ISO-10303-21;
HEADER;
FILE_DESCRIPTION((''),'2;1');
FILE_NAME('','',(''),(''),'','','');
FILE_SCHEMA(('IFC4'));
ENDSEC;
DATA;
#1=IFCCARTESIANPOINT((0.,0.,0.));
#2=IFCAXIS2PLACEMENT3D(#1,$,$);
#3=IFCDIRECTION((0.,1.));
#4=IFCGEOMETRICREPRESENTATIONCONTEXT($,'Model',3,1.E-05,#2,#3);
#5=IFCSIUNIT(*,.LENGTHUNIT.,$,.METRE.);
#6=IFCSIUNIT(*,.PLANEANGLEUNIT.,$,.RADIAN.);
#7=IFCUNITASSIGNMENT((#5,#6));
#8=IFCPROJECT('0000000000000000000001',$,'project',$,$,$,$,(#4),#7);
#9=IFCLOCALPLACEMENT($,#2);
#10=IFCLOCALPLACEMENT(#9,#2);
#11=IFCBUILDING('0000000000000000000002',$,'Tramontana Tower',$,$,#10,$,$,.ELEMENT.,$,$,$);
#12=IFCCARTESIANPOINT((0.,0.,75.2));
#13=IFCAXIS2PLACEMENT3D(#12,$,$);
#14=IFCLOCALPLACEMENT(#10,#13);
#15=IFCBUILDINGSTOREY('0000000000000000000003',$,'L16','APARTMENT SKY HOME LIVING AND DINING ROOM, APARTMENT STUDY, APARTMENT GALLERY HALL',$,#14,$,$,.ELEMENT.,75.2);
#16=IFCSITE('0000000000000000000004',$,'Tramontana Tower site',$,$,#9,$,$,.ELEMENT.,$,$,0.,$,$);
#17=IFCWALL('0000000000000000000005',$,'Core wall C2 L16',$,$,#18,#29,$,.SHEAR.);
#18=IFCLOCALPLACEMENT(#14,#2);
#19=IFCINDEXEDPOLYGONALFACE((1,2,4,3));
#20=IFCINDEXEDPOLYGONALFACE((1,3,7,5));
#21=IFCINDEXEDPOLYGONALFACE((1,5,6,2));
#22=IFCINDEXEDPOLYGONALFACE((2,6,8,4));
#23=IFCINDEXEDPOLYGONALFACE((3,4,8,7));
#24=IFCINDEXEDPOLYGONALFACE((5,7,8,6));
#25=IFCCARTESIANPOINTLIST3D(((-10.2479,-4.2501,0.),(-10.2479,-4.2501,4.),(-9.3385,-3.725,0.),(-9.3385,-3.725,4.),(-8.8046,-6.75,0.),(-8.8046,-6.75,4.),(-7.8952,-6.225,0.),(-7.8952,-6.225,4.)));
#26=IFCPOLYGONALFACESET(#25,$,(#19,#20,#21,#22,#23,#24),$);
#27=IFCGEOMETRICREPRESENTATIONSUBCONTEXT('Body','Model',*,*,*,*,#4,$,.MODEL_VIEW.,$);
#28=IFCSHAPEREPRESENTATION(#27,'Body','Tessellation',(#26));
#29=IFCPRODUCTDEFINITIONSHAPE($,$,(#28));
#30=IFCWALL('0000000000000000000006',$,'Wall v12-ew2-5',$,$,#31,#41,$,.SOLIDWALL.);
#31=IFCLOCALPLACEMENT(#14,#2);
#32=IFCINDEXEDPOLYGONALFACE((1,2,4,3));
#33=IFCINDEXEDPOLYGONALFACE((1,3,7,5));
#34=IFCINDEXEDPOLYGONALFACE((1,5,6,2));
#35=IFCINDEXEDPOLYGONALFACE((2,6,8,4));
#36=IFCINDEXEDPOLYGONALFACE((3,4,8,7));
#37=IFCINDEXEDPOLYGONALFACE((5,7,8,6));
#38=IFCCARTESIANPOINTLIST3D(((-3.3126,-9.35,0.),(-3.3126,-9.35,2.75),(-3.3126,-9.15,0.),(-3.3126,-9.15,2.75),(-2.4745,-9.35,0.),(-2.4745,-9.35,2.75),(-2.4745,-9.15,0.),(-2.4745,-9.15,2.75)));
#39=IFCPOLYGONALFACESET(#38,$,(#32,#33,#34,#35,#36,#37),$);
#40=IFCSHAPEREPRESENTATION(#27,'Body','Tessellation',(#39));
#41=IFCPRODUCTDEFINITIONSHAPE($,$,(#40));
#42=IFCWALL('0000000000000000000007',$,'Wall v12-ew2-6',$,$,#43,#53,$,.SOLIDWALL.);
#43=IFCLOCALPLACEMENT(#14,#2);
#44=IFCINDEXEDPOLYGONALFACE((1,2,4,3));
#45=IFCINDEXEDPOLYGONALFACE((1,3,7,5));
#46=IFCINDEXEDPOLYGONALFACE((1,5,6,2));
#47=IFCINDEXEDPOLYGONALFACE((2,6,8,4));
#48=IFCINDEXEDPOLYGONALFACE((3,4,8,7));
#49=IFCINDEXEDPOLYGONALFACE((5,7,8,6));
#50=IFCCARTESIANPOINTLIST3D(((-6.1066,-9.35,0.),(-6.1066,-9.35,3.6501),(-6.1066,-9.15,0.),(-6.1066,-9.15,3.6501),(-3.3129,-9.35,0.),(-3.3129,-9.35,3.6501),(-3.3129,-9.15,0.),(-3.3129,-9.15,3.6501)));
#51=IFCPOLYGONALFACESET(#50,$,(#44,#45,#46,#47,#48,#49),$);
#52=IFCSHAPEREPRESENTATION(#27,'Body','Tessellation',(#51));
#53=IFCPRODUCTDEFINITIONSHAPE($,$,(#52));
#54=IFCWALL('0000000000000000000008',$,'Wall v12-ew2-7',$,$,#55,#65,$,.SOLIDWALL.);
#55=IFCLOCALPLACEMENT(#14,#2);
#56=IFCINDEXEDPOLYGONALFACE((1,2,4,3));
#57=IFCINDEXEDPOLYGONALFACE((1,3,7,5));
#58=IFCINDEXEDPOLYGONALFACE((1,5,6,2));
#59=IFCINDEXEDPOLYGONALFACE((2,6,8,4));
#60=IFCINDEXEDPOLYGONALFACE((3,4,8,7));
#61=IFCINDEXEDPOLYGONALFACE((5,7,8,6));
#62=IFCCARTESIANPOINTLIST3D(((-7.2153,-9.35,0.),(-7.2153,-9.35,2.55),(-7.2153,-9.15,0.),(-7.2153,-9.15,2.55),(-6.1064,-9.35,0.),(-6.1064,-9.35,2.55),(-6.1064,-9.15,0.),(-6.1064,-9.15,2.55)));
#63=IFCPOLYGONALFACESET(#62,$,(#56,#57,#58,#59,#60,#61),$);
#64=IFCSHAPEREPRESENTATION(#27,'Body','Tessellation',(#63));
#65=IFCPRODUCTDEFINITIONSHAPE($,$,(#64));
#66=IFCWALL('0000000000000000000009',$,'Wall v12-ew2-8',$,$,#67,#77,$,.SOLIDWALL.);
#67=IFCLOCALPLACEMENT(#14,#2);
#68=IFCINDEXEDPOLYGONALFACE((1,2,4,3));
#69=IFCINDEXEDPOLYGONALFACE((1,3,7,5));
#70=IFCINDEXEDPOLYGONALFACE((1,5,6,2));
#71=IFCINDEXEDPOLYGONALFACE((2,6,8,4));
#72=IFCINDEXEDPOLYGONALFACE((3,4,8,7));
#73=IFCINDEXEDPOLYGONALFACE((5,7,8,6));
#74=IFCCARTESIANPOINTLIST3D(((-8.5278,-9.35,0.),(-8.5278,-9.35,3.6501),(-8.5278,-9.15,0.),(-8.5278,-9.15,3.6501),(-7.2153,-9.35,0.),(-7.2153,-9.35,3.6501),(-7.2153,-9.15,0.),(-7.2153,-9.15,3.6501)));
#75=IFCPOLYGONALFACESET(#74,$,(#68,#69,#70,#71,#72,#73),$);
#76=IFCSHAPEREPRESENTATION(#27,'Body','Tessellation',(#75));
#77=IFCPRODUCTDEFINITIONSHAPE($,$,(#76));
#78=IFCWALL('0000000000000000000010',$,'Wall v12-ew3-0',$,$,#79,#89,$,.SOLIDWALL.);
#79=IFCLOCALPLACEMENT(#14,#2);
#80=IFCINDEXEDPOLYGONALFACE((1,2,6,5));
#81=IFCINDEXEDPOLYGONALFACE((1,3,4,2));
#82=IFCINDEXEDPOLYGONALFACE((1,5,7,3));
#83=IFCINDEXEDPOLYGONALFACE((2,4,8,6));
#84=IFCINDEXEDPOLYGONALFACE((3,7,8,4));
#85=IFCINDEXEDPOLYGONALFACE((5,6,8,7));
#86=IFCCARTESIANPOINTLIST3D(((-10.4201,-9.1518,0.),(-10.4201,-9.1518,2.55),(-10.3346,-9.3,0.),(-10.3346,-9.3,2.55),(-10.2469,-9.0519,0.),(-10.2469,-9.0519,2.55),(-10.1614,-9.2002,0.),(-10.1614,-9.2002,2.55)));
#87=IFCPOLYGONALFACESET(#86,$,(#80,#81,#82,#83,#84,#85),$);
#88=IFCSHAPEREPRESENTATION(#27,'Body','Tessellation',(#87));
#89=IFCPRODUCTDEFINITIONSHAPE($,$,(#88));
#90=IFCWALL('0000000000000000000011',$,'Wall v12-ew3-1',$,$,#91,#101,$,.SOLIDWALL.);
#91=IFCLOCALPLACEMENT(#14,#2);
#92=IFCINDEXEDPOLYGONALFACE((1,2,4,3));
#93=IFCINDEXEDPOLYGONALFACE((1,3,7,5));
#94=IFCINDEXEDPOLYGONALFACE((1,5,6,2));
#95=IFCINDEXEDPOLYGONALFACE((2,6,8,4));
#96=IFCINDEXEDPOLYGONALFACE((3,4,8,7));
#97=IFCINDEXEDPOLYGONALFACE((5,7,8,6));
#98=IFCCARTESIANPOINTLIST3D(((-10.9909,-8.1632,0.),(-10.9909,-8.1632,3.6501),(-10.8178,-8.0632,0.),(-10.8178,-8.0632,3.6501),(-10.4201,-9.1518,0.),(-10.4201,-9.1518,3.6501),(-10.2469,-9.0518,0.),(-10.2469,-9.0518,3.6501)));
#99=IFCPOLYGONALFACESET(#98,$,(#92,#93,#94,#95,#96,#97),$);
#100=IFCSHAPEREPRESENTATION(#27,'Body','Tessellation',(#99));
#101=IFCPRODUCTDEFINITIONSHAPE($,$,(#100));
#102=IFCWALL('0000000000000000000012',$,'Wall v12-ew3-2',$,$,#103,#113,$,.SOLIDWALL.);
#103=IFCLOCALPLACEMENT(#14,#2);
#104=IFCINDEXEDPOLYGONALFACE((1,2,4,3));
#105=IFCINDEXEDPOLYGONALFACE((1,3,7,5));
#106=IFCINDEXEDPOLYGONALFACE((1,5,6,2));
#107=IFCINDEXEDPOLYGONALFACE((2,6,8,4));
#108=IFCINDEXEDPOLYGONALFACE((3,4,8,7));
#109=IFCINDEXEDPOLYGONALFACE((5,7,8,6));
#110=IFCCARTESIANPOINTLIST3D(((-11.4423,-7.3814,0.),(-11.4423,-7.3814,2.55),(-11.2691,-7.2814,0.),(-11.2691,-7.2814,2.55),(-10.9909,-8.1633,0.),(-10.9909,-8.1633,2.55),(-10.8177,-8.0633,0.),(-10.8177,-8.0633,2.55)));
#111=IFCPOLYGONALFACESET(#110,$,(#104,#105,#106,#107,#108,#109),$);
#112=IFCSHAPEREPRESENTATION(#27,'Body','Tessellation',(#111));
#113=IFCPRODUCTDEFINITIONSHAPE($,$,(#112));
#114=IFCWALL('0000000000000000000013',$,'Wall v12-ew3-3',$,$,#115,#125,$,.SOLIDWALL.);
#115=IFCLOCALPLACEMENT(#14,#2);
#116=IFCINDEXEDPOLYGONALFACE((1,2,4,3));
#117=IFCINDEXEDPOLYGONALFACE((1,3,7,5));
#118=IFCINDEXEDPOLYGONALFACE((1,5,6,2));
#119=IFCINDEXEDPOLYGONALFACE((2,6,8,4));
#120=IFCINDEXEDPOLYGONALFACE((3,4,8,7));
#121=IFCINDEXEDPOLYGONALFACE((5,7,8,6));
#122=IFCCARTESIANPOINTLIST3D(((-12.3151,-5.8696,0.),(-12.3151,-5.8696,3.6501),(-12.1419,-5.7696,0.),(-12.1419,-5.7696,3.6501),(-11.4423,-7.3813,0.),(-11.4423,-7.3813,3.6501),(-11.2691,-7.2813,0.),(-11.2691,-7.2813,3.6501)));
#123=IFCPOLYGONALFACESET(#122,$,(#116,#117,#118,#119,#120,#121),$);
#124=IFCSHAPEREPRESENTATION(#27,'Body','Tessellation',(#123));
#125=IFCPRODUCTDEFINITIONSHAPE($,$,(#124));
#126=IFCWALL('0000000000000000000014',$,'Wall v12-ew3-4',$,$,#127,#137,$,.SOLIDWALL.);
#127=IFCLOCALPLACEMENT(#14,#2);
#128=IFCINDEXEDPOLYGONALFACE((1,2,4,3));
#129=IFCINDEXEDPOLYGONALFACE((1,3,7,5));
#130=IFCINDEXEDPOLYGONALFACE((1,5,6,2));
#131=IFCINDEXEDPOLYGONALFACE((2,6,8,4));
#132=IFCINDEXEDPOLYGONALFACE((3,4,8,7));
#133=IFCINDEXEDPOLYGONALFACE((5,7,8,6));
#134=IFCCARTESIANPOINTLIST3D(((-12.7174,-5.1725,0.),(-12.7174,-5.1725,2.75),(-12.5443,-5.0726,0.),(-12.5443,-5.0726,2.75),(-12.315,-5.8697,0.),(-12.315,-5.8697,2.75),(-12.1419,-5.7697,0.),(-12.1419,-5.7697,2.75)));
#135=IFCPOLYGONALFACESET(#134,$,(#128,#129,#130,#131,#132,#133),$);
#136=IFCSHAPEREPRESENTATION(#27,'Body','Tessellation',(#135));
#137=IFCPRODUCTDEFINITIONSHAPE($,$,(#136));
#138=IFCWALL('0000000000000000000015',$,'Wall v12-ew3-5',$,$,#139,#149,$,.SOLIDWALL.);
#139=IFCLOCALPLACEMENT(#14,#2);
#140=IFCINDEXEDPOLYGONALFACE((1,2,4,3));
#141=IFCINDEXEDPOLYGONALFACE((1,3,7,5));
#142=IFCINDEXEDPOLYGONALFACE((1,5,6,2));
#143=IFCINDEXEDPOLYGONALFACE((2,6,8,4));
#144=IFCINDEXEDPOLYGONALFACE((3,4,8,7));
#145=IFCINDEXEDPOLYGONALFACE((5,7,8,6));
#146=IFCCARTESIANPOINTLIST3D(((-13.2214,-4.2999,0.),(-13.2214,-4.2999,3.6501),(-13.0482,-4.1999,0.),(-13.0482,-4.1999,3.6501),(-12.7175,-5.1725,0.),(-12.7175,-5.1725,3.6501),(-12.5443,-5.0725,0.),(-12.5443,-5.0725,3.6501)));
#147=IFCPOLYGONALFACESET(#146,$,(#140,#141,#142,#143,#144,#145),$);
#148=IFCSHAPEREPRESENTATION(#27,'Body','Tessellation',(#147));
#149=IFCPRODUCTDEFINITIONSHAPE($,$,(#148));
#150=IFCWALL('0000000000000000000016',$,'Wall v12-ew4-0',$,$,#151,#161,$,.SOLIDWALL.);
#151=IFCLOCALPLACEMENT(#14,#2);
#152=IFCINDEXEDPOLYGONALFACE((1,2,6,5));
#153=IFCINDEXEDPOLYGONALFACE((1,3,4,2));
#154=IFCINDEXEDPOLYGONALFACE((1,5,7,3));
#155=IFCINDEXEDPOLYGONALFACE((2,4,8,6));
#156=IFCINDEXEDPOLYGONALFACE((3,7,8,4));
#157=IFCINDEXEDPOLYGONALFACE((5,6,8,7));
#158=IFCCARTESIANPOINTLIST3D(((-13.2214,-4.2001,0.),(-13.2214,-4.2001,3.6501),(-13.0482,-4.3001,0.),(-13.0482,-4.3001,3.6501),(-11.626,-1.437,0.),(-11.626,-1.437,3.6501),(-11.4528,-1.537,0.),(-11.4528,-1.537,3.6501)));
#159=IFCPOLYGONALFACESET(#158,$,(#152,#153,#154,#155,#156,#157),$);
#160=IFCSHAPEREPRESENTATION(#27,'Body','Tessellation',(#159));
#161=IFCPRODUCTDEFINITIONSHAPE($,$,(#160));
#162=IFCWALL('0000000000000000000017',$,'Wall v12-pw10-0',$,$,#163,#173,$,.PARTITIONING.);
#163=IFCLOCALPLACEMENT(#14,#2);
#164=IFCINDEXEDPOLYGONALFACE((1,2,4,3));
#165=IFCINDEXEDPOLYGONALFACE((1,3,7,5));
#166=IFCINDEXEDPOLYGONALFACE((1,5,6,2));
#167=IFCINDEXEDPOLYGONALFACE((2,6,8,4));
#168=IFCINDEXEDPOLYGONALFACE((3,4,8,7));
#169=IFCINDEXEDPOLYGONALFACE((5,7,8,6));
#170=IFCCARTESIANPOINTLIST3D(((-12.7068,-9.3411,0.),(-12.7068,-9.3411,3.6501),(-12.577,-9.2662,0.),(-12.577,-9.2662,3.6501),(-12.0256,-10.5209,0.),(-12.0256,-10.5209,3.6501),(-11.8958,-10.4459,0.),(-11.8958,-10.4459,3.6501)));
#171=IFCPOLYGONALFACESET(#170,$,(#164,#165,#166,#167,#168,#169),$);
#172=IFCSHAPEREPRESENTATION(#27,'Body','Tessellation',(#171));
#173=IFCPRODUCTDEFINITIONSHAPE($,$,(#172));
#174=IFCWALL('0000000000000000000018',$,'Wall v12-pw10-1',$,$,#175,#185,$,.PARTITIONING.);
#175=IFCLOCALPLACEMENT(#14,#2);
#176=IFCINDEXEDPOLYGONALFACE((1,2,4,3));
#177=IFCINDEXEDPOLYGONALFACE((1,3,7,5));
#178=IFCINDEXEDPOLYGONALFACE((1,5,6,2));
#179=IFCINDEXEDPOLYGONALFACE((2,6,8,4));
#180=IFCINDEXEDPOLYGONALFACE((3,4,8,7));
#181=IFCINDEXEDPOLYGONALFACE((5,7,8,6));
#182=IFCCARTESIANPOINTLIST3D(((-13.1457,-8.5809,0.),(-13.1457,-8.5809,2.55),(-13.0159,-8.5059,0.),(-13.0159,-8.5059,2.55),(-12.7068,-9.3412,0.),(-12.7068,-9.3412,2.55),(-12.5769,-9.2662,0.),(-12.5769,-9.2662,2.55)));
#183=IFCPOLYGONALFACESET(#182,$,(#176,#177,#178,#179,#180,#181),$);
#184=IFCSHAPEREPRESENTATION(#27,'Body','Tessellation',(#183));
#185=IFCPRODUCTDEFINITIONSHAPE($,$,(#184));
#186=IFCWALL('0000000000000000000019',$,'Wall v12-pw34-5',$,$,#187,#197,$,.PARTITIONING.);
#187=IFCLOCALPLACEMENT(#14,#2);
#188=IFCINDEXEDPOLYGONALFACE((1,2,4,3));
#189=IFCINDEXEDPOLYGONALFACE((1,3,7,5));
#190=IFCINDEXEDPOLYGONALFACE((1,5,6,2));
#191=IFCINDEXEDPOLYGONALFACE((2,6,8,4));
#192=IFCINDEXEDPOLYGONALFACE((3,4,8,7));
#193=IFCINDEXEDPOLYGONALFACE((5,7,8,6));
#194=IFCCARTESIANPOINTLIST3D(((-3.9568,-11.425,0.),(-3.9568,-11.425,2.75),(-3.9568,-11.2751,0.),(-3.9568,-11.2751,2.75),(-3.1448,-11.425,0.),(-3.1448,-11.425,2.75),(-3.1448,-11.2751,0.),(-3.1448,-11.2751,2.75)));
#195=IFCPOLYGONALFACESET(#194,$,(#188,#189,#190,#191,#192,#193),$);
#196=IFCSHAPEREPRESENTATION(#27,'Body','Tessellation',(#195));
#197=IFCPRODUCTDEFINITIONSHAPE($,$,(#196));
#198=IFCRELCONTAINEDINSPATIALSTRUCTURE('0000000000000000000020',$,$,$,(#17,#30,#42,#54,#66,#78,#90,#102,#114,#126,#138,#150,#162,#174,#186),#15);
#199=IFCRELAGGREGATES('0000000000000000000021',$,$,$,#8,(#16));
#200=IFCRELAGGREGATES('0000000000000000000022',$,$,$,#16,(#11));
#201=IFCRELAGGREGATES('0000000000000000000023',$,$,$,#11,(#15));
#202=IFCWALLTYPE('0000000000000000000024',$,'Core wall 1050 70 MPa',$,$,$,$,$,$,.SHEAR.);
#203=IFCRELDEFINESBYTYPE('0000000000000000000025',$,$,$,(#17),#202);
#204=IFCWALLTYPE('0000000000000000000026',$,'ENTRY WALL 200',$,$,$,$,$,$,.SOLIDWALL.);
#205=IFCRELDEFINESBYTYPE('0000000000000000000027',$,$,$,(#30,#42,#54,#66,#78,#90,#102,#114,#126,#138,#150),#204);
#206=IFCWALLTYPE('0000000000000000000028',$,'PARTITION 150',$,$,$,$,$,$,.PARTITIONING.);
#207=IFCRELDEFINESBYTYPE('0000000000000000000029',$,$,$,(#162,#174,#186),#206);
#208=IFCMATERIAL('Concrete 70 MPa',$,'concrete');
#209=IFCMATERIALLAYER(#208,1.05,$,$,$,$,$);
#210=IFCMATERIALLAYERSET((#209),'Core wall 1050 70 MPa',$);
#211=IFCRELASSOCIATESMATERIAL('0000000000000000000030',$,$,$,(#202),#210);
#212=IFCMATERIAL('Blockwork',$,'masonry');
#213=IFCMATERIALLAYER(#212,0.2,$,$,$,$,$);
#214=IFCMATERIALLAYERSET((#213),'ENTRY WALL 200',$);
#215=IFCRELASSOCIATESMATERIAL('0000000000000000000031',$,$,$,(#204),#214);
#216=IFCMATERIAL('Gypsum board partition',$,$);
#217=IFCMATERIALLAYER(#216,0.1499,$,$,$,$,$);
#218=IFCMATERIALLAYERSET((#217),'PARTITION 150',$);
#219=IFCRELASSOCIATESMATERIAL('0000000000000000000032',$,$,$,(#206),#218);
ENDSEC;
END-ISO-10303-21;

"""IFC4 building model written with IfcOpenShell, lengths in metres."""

from ifc_helpers import new_model, si_unit, direction, frame, frame_2d, origin, place, context, subcontext, project, spatial, rectangle, extrude, material, layer, layer_set, type_object, element, save


model = new_model("IFC4")

# Units and contexts
model_context = context("Model", 3, precision=1e-05, world=origin(), true_north=direction((0.0, 1.0)))
body_context = subcontext(model_context, "Body", "Model", "MODEL_VIEW")
ifc_project = project(units=[si_unit("LENGTHUNIT", "METRE"), si_unit("PLANEANGLEUNIT", "RADIAN")], contexts=[model_context])

# Site, building, storey
site_placement = place(None, origin())
site = spatial("IfcSite", under=ifc_project, at=site_placement, Name="Tramontana Tower site", CompositionType="ELEMENT", RefElevation=0.0)
building_placement = place(site_placement, origin())
building = spatial("IfcBuilding", under=site, at=building_placement, Name="Tramontana Tower", CompositionType="ELEMENT")
storey_placement = place(building_placement, frame((0.0, 0.0, 75.2)))
storey = spatial("IfcBuildingStorey", under=building, at=storey_placement, Name="L16", Description="APARTMENT SKY HOME LIVING AND DINING ROOM, APARTMENT STUDY, APARTMENT GALLERY HALL", CompositionType="ELEMENT", Elevation=75.2)

# Wall
ifc_material_1 = material(Name="Concrete 70 MPa", Category="concrete")
ifc_layer_1 = layer(ifc_material_1, 1.05)
ifc_layer_set_1 = layer_set([ifc_layer_1], Name="Core wall 1050 70 MPa")
wall_type_1 = type_object("IfcWallType", Name="Core wall 1050 70 MPa", PredefinedType="SHEAR", material=ifc_layer_set_1)
wall_1_placement = place(storey_placement, frame((-9.7932, -3.9875, 0.0), z_axis=(0.0, 0.0, 1.0), x_axis=(0.499996, -0.866028, 0.0)))
element("IfcWall", 1, at=wall_1_placement, inside=storey, type_object=wall_type_1, Name="Core wall C2 L16", PredefinedType="SHEAR", context=body_context, shape_type="SweptSolid", body=[
    extrude(rectangle(XDim=2.8867, YDim=1.05, at=frame_2d((1.4434, 0.0))), origin(), (0.0, 0.0, 1.0), 4.0),
])

# Walls
ifc_material_2 = material(Name="Blockwork", Category="masonry")
ifc_layer_2 = layer(ifc_material_2, 0.2)
ifc_layer_set_2 = layer_set([ifc_layer_2], Name="ENTRY WALL 200")
wall_type_2 = type_object("IfcWallType", Name="ENTRY WALL 200", PredefinedType="SOLIDWALL", material=ifc_layer_set_2)
wall_2_placement = place(storey_placement, frame((-2.4746, -9.25, 0.0), z_axis=(0.0, 0.0, 1.0), x_axis=(-1.0, 0.0, 0.0)))
element("IfcWall", 2, at=wall_2_placement, inside=storey, type_object=wall_type_2, Name="Wall v12-ew2-5", PredefinedType="SOLIDWALL", context=body_context, shape_type="SweptSolid", body=[
    extrude(rectangle(XDim=0.8381, YDim=0.2, at=frame_2d((0.4189, 0.0))), origin(), (0.0, 0.0, 1.0), 2.75),
])
wall_3_placement = place(storey_placement, frame((-3.3127, -9.25, 0.0), z_axis=(0.0, 0.0, 1.0), x_axis=(-1.0, 0.0, 0.0)))
element("IfcWall", 3, at=wall_3_placement, inside=storey, type_object=wall_type_2, Name="Wall v12-ew2-6", PredefinedType="SOLIDWALL", context=body_context, shape_type="SweptSolid", body=[
    extrude(rectangle(XDim=2.7937, YDim=0.2, at=frame_2d((1.397, 0.0))), origin(), (0.0, 0.0, 1.0), 3.6501),
])
wall_4_placement = place(storey_placement, frame((-6.1064, -9.25, 0.0), z_axis=(0.0, 0.0, 1.0), x_axis=(-1.0, 0.0, 0.0)))
element("IfcWall", 4, at=wall_4_placement, inside=storey, type_object=wall_type_2, Name="Wall v12-ew2-7", PredefinedType="SOLIDWALL", context=body_context, shape_type="SweptSolid", body=[
    extrude(rectangle(XDim=1.1089, YDim=0.2, at=frame_2d((0.5544, 0.0))), origin(), (0.0, 0.0, 1.0), 2.55),
])
wall_5_placement = place(storey_placement, frame((-7.2153, -9.25, 0.0), z_axis=(0.0, 0.0, 1.0), x_axis=(-1.0, 0.0, 0.0)))
element("IfcWall", 5, at=wall_5_placement, inside=storey, type_object=wall_type_2, Name="Wall v12-ew2-8", PredefinedType="SOLIDWALL", context=body_context, shape_type="SweptSolid", body=[
    extrude(rectangle(XDim=1.3125, YDim=0.2, at=frame_2d((0.6562, 0.0))), origin(), (0.0, 0.0, 1.0), 3.6501),
])

# Walls
wall_6_placement = place(storey_placement, frame((-10.248, -9.25, 0.0), z_axis=(0.0, 0.0, 1.0), x_axis=(-0.499517, 0.866304, 0.0)))
element("IfcWall", 6, at=wall_6_placement, inside=storey, type_object=wall_type_2, Name="Wall v12-ew3-0", PredefinedType="SOLIDWALL", context=body_context, shape_type="SweptSolid", body=[
    extrude(rectangle(XDim=0.1711, YDim=0.2, at=frame_2d((0.0854, 0.0))), origin(), (0.0, 0.0, 1.0), 2.55),
])
wall_7_placement = place(storey_placement, frame((-10.3335, -9.1018, 0.0), z_axis=(0.0, 0.0, 1.0), x_axis=(-0.50005, 0.865997, 0.0)))
element("IfcWall", 7, at=wall_7_placement, inside=storey, type_object=wall_type_2, Name="Wall v12-ew3-1", PredefinedType="SOLIDWALL", context=body_context, shape_type="SweptSolid", body=[
    extrude(rectangle(XDim=1.1416, YDim=0.2, at=frame_2d((0.5708, 0.0))), origin(), (0.0, 0.0, 1.0), 3.6501),
])
wall_8_placement = place(storey_placement, frame((-10.9043, -8.1133, 0.0), z_axis=(0.0, 0.0, 1.0), x_axis=(-0.499949, 0.866055, 0.0)))
element("IfcWall", 8, at=wall_8_placement, inside=storey, type_object=wall_type_2, Name="Wall v12-ew3-2", PredefinedType="SOLIDWALL", context=body_context, shape_type="SweptSolid", body=[
    extrude(rectangle(XDim=0.9028, YDim=0.2, at=frame_2d((0.4514, 0.0))), origin(), (0.0, 0.0, 1.0), 2.55),
])
wall_9_placement = place(storey_placement, frame((-11.3557, -7.3313, 0.0), z_axis=(0.0, 0.0, 1.0), x_axis=(-0.500005, 0.866023, 0.0)))
element("IfcWall", 9, at=wall_9_placement, inside=storey, type_object=wall_type_2, Name="Wall v12-ew3-3", PredefinedType="SOLIDWALL", context=body_context, shape_type="SweptSolid", body=[
    extrude(rectangle(XDim=1.7456, YDim=0.2, at=frame_2d((0.8728, 0.0))), origin(), (0.0, 0.0, 1.0), 3.6501),
])
wall_10_placement = place(storey_placement, frame((-12.2285, -5.8196, 0.0), z_axis=(0.0, 0.0, 1.0), x_axis=(-0.499924, 0.866069, 0.0)))
element("IfcWall", 10, at=wall_10_placement, inside=storey, type_object=wall_type_2, Name="Wall v12-ew3-4", PredefinedType="SOLIDWALL", context=body_context, shape_type="SweptSolid", body=[
    extrude(rectangle(XDim=0.8049, YDim=0.2, at=frame_2d((0.4023, 0.0))), origin(), (0.0, 0.0, 1.0), 2.75),
])
wall_11_placement = place(storey_placement, frame((-12.6309, -5.1226, 0.0), z_axis=(0.0, 0.0, 1.0), x_axis=(-0.5001, 0.865968, 0.0)))
element("IfcWall", 11, at=wall_11_placement, inside=storey, type_object=wall_type_2, Name="Wall v12-ew3-5", PredefinedType="SOLIDWALL", context=body_context, shape_type="SweptSolid", body=[
    extrude(rectangle(XDim=1.0076, YDim=0.2, at=frame_2d((0.5039, 0.0))), origin(), (0.0, 0.0, 1.0), 3.6501),
])
wall_12_placement = place(storey_placement, frame((-13.1348, -4.25, 0.0), z_axis=(0.0, 0.0, 1.0), x_axis=(0.500032, 0.866007, 0.0)))
element("IfcWall", 12, at=wall_12_placement, inside=storey, type_object=wall_type_2, Name="Wall v12-ew4-0", PredefinedType="SOLIDWALL", context=body_context, shape_type="SweptSolid", body=[
    extrude(rectangle(XDim=3.1907, YDim=0.2, at=frame_2d((1.5952, 0.0))), origin(), (0.0, 0.0, 1.0), 3.6501),
])
ifc_material_3 = material(Name="Gypsum board partition")
ifc_layer_3 = layer(ifc_material_3, 0.1499)
ifc_layer_set_3 = layer_set([ifc_layer_3], Name="PARTITION 150")
wall_type_3 = type_object("IfcWallType", Name="PARTITION 150", PredefinedType="PARTITIONING", material=ifc_layer_set_3)
wall_13_placement = place(storey_placement, frame((-11.9607, -10.4834, 0.0), z_axis=(0.0, 0.0, 1.0), x_axis=(-0.500033, 0.866007, 0.0)))
element("IfcWall", 13, at=wall_13_placement, inside=storey, type_object=wall_type_3, Name="Wall v12-pw10-0", PredefinedType="PARTITIONING", context=body_context, shape_type="SweptSolid", body=[
    extrude(rectangle(XDim=1.3623, YDim=0.1499, at=frame_2d((0.6812, 0.0))), origin(), (0.0, 0.0, 1.0), 3.6501),
])
wall_14_placement = place(storey_placement, frame((-12.6418, -9.3037, 0.0), z_axis=(0.0, 0.0, 1.0), x_axis=(-0.500027, 0.86601, 0.0)))
element("IfcWall", 14, at=wall_14_placement, inside=storey, type_object=wall_type_3, Name="Wall v12-pw10-1", PredefinedType="PARTITIONING", context=body_context, shape_type="SweptSolid", body=[
    extrude(rectangle(XDim=0.8779, YDim=0.1499, at=frame_2d((0.439, 0.0))), origin(), (0.0, 0.0, 1.0), 2.55),
])

# Wall
wall_15_placement = place(storey_placement, frame((-3.1448, -11.3501, 0.0), z_axis=(0.0, 0.0, 1.0), x_axis=(-1.0, 0.0, 0.0)))
element("IfcWall", 15, at=wall_15_placement, inside=storey, type_object=wall_type_3, Name="Wall v12-pw34-5", PredefinedType="PARTITIONING", context=body_context, shape_type="SweptSolid", body=[
    extrude(rectangle(XDim=0.812, YDim=0.1499, at=frame_2d((0.406, 0.0))), origin(), (0.0, 0.0, 1.0), 2.75),
])

save(model, "model.ifc")
